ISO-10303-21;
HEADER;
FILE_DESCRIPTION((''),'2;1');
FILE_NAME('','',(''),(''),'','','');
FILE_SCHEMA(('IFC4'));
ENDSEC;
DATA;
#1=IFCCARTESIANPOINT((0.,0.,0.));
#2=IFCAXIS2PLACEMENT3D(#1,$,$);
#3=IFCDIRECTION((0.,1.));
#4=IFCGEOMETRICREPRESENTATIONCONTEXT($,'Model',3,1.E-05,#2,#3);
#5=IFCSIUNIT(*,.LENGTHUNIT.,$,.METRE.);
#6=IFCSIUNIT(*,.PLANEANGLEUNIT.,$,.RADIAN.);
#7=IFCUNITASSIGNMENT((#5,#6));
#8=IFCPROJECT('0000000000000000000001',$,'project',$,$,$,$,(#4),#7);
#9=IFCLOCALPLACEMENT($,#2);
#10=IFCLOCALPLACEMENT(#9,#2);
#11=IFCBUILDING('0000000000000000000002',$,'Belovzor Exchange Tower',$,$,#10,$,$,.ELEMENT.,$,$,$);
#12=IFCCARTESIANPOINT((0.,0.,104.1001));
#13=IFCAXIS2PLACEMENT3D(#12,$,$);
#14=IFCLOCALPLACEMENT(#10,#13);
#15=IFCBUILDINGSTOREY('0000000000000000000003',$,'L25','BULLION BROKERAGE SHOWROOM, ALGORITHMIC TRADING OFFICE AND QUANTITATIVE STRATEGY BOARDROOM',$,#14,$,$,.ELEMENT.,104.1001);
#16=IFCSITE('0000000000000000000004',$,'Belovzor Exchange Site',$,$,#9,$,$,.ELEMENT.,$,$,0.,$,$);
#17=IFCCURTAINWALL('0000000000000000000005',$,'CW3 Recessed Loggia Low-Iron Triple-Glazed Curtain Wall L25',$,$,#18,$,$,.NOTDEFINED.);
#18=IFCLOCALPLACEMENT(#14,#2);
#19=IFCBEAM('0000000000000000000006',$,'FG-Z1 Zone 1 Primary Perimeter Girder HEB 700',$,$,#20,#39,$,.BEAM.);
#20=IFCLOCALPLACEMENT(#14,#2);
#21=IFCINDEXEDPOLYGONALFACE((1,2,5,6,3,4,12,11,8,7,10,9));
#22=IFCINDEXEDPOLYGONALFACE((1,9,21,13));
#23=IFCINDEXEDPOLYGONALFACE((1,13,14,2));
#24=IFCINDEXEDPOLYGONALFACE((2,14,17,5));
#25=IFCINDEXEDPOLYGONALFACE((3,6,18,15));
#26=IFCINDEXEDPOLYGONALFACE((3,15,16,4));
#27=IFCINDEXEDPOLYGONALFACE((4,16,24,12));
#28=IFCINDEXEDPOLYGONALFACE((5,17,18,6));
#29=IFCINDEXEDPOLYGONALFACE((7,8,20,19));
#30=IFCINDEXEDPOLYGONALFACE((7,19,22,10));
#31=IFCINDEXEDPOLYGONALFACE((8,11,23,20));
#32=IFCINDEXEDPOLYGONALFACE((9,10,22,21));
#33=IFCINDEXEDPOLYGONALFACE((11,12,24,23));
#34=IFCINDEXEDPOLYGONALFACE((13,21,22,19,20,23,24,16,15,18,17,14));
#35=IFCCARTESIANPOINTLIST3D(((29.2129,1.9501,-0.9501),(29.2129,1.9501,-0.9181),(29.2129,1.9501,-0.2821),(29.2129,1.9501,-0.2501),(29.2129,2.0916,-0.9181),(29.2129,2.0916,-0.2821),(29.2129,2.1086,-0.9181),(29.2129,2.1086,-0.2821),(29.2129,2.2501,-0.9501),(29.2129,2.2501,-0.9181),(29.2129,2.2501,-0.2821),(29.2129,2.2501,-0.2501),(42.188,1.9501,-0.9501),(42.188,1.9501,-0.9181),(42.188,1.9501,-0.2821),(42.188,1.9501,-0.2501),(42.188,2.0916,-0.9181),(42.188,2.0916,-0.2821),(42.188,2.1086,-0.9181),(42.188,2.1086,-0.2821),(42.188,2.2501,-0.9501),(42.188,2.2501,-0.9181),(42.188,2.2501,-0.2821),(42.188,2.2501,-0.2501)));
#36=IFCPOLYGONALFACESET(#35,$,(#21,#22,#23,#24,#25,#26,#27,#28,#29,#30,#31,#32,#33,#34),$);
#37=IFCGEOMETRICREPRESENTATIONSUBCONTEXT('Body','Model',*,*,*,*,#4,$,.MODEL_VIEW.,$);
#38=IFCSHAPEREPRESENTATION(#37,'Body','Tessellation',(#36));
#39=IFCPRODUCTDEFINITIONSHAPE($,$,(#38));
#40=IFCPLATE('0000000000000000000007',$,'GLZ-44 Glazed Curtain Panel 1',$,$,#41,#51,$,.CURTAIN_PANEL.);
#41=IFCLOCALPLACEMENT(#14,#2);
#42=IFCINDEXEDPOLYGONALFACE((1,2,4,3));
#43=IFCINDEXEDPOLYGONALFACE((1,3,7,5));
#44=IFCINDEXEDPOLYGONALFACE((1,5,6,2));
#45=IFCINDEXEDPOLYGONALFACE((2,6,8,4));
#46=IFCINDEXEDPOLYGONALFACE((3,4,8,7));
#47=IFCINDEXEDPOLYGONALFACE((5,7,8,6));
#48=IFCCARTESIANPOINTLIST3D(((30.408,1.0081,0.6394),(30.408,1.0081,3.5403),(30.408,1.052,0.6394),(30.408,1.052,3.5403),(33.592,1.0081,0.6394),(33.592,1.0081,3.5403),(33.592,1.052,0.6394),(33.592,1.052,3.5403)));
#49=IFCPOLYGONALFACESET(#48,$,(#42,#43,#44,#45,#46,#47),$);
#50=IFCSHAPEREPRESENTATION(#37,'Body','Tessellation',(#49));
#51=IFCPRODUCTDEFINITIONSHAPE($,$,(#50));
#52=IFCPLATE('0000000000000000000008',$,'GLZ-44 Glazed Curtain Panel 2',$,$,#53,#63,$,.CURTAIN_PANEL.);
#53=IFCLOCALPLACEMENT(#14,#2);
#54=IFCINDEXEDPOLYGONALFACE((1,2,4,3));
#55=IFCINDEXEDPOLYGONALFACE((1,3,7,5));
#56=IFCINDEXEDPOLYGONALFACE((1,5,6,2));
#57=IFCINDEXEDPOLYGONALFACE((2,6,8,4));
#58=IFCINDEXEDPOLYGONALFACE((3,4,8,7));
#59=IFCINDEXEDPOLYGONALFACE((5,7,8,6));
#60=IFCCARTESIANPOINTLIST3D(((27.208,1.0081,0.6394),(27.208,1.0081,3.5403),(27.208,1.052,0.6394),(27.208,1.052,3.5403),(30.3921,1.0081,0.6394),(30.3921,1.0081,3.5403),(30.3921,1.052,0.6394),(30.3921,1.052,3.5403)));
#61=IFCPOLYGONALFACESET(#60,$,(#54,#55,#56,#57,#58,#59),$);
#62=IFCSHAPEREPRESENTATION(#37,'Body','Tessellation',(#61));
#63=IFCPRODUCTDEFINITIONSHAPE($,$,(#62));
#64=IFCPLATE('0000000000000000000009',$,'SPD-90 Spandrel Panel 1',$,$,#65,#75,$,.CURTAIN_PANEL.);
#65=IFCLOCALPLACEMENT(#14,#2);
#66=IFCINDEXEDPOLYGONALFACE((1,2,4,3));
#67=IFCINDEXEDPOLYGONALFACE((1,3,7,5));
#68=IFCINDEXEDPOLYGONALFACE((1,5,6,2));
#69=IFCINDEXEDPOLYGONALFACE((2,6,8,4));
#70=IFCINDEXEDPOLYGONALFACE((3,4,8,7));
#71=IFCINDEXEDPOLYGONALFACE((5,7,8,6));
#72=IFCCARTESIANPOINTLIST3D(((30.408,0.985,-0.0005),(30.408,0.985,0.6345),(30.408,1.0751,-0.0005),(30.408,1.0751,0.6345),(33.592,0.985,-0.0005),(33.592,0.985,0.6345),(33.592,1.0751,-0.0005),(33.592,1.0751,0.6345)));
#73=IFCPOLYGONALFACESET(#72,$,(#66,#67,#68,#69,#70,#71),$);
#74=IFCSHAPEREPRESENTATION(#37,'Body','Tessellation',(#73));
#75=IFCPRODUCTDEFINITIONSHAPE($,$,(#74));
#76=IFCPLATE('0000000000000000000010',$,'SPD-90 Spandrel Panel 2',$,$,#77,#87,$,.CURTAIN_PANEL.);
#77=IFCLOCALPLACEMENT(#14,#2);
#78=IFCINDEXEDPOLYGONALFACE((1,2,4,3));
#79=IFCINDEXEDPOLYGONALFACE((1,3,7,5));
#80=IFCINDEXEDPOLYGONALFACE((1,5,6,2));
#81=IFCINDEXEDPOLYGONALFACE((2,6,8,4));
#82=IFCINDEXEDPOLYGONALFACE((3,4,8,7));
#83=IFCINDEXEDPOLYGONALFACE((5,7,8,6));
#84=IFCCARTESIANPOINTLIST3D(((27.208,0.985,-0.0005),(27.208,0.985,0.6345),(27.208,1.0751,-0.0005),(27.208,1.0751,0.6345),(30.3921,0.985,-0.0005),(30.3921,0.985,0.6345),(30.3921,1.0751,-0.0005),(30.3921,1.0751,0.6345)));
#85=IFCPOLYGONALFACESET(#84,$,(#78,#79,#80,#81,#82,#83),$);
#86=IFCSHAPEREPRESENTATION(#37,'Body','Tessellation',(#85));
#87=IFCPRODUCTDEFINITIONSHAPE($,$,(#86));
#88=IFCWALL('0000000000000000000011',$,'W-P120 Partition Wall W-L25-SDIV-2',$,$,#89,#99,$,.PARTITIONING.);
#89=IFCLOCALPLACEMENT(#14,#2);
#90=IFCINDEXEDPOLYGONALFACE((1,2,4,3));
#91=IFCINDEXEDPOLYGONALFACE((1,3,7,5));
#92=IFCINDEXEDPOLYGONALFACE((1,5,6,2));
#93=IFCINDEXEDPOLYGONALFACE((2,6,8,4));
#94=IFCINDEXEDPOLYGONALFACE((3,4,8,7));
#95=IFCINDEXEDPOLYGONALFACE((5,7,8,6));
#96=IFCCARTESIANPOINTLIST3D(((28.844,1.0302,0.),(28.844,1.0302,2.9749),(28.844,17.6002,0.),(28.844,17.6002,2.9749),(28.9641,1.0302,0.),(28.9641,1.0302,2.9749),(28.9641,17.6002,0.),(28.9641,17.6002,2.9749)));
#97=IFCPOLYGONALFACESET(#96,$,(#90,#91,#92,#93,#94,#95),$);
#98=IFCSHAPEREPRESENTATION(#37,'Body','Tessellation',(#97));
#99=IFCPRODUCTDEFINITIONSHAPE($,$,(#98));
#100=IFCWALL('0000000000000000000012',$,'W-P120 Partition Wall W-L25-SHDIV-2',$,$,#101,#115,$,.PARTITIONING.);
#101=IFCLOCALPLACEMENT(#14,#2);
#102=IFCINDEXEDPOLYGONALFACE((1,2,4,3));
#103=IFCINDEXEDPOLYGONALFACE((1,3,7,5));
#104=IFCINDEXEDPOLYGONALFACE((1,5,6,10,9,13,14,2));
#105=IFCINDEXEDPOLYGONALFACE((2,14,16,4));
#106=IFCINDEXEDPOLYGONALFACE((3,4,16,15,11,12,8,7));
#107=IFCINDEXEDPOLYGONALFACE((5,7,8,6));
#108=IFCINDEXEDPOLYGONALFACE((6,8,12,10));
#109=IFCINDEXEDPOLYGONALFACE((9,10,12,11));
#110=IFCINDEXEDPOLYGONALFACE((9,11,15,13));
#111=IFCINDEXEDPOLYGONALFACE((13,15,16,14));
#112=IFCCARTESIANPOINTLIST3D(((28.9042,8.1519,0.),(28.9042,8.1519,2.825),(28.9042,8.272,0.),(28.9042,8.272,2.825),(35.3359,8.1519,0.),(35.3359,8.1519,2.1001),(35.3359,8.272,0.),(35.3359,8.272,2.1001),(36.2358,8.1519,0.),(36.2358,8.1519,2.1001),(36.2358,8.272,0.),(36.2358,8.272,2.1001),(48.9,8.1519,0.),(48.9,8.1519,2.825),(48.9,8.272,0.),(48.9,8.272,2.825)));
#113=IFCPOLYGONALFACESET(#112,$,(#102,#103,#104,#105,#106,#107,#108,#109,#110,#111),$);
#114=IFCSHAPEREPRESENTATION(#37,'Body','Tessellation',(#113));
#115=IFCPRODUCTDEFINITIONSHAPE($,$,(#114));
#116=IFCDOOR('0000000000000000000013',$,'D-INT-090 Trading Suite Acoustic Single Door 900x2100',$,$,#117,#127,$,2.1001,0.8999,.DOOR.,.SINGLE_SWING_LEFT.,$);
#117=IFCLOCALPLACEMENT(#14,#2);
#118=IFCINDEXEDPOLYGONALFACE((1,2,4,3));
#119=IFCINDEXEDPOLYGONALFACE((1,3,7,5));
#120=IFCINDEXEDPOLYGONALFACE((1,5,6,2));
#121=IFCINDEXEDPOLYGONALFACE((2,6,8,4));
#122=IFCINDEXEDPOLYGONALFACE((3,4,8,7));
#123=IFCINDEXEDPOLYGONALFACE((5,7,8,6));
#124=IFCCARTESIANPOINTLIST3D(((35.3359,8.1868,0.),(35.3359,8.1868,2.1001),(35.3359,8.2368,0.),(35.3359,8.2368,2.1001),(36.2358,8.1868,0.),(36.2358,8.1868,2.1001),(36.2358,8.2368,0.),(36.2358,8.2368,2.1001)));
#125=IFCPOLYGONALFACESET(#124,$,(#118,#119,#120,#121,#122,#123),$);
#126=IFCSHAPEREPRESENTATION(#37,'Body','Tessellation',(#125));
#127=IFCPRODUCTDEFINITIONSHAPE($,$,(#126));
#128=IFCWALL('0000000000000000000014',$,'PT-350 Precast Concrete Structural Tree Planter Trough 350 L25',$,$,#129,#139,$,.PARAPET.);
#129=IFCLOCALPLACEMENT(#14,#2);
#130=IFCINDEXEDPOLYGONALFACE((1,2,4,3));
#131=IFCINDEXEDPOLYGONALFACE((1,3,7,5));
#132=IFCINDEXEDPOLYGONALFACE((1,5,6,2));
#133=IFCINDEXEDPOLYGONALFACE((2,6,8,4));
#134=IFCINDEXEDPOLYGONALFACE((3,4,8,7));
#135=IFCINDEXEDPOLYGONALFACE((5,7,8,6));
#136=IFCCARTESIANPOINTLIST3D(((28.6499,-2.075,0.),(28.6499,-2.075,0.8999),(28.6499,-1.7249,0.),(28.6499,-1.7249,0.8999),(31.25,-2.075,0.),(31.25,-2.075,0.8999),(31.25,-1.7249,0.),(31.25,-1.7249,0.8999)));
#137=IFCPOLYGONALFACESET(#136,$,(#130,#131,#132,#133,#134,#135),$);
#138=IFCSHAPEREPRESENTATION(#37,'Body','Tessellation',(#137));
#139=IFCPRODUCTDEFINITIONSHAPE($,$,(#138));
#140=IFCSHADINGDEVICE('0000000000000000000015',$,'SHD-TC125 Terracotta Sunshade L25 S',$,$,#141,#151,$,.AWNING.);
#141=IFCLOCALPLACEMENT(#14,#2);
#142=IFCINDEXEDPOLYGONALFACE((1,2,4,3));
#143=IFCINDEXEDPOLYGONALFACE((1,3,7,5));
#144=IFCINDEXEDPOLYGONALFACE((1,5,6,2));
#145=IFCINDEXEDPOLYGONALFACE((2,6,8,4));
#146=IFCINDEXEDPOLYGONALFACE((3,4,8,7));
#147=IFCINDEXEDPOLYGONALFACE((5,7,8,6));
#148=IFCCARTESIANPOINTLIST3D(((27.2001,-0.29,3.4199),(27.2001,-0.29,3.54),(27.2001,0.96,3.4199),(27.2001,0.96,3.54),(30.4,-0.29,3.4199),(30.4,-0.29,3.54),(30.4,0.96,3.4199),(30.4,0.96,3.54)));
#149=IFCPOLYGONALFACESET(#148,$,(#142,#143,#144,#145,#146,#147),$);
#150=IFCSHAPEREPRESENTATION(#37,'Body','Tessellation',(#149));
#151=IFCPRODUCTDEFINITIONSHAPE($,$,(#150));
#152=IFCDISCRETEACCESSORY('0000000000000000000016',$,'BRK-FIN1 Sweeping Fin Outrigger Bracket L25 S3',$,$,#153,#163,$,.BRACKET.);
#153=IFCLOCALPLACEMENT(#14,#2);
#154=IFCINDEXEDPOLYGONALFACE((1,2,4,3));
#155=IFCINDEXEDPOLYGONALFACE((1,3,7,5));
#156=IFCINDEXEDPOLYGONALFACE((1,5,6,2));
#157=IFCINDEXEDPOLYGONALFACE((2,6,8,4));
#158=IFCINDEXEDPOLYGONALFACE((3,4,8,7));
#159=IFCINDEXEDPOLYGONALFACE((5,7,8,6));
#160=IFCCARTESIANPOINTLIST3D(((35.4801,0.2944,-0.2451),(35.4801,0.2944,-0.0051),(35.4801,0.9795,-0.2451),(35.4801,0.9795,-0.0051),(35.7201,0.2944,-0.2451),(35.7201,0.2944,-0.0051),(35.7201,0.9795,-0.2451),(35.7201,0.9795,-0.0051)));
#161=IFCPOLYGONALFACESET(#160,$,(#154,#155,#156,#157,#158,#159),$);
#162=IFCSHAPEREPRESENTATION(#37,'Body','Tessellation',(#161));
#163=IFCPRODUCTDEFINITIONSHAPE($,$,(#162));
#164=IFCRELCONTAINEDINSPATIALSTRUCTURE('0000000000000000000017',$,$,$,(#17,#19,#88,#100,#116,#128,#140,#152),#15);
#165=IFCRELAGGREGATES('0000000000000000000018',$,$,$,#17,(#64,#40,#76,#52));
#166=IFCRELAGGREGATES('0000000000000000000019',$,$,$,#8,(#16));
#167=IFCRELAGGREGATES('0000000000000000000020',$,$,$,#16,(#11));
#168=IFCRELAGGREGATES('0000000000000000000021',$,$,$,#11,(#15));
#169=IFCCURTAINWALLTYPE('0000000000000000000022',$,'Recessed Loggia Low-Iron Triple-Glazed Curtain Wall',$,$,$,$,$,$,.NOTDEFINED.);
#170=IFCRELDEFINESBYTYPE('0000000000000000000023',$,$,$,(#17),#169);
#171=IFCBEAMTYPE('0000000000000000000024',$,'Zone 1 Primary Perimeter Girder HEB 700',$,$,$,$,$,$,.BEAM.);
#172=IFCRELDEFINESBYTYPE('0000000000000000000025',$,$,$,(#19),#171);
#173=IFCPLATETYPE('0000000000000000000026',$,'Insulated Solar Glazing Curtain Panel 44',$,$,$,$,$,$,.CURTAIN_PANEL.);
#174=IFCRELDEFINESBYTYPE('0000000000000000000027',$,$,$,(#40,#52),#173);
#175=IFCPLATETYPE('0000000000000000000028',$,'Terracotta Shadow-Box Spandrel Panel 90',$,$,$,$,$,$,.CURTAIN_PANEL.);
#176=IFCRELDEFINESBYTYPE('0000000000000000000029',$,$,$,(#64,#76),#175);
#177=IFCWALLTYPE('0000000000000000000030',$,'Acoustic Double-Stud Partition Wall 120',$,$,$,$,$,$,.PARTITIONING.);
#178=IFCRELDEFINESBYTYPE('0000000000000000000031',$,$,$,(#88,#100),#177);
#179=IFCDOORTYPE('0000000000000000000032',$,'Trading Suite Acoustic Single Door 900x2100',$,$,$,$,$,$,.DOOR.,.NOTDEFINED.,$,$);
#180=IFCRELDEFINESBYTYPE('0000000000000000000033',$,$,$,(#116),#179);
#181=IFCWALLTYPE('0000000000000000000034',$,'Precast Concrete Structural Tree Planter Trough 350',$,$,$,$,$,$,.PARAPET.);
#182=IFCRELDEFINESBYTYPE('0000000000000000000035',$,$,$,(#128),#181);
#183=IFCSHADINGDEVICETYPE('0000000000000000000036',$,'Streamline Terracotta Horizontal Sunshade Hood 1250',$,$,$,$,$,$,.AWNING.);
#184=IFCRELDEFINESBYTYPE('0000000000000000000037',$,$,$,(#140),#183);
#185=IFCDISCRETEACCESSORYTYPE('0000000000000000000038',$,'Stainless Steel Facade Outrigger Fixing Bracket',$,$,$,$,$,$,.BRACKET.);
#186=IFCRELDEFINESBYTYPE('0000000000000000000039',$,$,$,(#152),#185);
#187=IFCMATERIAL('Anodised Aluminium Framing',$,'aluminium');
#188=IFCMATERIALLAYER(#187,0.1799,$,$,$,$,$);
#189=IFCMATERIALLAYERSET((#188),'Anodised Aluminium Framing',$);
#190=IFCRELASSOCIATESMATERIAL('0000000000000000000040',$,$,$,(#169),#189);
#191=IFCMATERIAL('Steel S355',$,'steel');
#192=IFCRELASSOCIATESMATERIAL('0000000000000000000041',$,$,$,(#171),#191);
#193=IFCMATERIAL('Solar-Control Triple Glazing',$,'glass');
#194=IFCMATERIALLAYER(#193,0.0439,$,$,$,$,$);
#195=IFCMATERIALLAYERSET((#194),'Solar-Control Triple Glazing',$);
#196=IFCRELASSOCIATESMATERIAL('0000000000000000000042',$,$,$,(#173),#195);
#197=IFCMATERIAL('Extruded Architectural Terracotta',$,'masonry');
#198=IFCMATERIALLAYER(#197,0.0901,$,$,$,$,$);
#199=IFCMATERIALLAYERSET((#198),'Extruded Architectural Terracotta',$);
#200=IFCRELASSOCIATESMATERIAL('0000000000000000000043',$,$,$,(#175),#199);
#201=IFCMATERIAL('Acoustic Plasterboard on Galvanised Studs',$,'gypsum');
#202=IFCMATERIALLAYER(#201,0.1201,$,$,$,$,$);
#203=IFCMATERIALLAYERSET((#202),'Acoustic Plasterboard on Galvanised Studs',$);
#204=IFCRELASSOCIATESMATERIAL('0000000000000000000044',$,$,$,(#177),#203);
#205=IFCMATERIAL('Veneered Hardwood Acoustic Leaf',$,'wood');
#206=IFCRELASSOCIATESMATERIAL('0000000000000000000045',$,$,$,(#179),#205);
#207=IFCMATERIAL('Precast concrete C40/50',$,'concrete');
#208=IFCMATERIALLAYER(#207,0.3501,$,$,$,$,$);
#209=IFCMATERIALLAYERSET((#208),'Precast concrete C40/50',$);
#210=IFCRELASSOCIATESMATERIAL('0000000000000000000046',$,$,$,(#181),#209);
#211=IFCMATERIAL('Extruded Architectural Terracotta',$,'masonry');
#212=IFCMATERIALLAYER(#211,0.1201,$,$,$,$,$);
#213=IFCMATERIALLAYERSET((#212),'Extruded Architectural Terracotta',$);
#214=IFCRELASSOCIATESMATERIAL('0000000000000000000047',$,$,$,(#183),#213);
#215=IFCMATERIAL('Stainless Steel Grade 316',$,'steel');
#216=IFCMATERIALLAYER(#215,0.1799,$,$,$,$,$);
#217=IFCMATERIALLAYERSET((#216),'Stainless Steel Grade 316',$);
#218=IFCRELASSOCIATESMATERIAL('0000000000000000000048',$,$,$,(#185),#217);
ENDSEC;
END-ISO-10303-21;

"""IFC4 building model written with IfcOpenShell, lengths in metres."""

from ifc_helpers import new_model, si_unit, direction, frame, frame_2d, origin, origin_2d, place, context, subcontext, project, spatial, rectangle, i_section, extrude, material, layer, layer_set, material_profile, profile_set, type_object, element, fill, aggregate, save


model = new_model("IFC4")

# Units and contexts
model_context = context("Model", 3, precision=1e-05, world=origin(), true_north=direction((0.0, 1.0)))
body_context = subcontext(model_context, "Body", "Model", "MODEL_VIEW")
ifc_project = project(units=[si_unit("LENGTHUNIT", "METRE"), si_unit("PLANEANGLEUNIT", "RADIAN")], contexts=[model_context])

# Site, building, storey
site_placement = place(None, origin())
site = spatial("IfcSite", under=ifc_project, at=site_placement, Name="Belovzor Exchange Site", CompositionType="ELEMENT", RefElevation=0.0)
building_placement = place(site_placement, origin())
building = spatial("IfcBuilding", under=site, at=building_placement, Name="Belovzor Exchange Tower", CompositionType="ELEMENT")
storey_placement = place(building_placement, frame((0.0, 0.0, 104.1001)))
storey = spatial("IfcBuildingStorey", under=building, at=storey_placement, Name="L25", Description="BULLION BROKERAGE SHOWROOM, ALGORITHMIC TRADING OFFICE AND QUANTITATIVE STRATEGY BOARDROOM", CompositionType="ELEMENT", Elevation=104.1001)

# Curtain wall
ifc_material_1 = material(Name="Anodised Aluminium Framing", Category="aluminium")
ifc_layer_1 = layer(ifc_material_1, 0.1799)
ifc_layer_set_1 = layer_set([ifc_layer_1], Name="Anodised Aluminium Framing")
curtain_wall_type = type_object("IfcCurtainWallType", Name="Recessed Loggia Low-Iron Triple-Glazed Curtain Wall", PredefinedType="NOTDEFINED", material=ifc_layer_set_1)
curtain_wall_placement = place(storey_placement, origin())
curtain_wall = element("IfcCurtainWall", 1, at=curtain_wall_placement, inside=storey, type_object=curtain_wall_type, Name="CW3 Recessed Loggia Low-Iron Triple-Glazed Curtain Wall L25", PredefinedType="NOTDEFINED")

# Beam
ifc_material_2 = material(Name="Steel S355", Category="steel")
ifc_material_profile_1 = material_profile(ifc_material_2, i_section(OverallWidth=0.3, OverallDepth=0.7, WebThickness=0.0171, FlangeThickness=0.032, at=origin_2d()))
ifc_profile_set_1 = profile_set([ifc_material_profile_1], Name="Steel S355")
beam_type_1 = type_object("IfcBeamType", Name="Zone 1 Primary Perimeter Girder HEB 700", PredefinedType="BEAM", material=ifc_profile_set_1)
beam_1_placement = place(storey_placement, frame((29.2129, 2.1001, -0.6001), z_axis=(1.0, 0.0, 0.0), x_axis=(0.0, 1.0, 0.0)))
element("IfcBeam", 2, at=beam_1_placement, inside=storey, type_object=beam_type_1, Name="FG-Z1 Zone 1 Primary Perimeter Girder HEB 700", PredefinedType="BEAM", context=body_context, shape_type="SweptSolid", body=[
    extrude(i_section(OverallWidth=0.3, OverallDepth=0.7, WebThickness=0.0171, FlangeThickness=0.032, at=origin_2d()), origin(), (0.0, 0.0, 1.0), 12.9751),
])

# Plates
ifc_material_3 = material(Name="Solar-Control Triple Glazing", Category="glass")
ifc_layer_2 = layer(ifc_material_3, 0.0439)
ifc_layer_set_2 = layer_set([ifc_layer_2], Name="Solar-Control Triple Glazing")
plate_type_1 = type_object("IfcPlateType", Name="Insulated Solar Glazing Curtain Panel 44", PredefinedType="CURTAIN_PANEL", material=ifc_layer_set_2)
plate_1_placement = place(storey_placement, frame((32.0, 1.03, 0.6394), z_axis=(0.0, 0.0, 1.0), x_axis=(-1.0, 0.0, 0.0)))
plate_1 = element("IfcPlate", 3, at=plate_1_placement, type_object=plate_type_1, Name="GLZ-44 Glazed Curtain Panel 1", PredefinedType="CURTAIN_PANEL", context=body_context, shape_type="SweptSolid", body=[
    extrude(rectangle(XDim=3.1841, YDim=0.0439, at=origin_2d()), origin(), (0.0, 0.0, 1.0), 2.9009),
])
plate_2_placement = place(storey_placement, frame((28.8, 1.03, 0.6394), z_axis=(0.0, 0.0, 1.0), x_axis=(-1.0, 0.0, 0.0)))
plate_2 = element("IfcPlate", 4, at=plate_2_placement, type_object=plate_type_1, Name="GLZ-44 Glazed Curtain Panel 2", PredefinedType="CURTAIN_PANEL", context=body_context, shape_type="SweptSolid", body=[
    extrude(rectangle(XDim=3.1841, YDim=0.0439, at=origin_2d()), origin(), (0.0, 0.0, 1.0), 2.9009),
])
ifc_material_4 = material(Name="Extruded Architectural Terracotta", Category="masonry")
ifc_layer_3 = layer(ifc_material_4, 0.0901)
ifc_layer_set_3 = layer_set([ifc_layer_3], Name="Extruded Architectural Terracotta")
plate_type_2 = type_object("IfcPlateType", Name="Terracotta Shadow-Box Spandrel Panel 90", PredefinedType="CURTAIN_PANEL", material=ifc_layer_set_3)
plate_3_placement = place(storey_placement, frame((32.0, 1.03, -0.0005), z_axis=(0.0, 0.0, 1.0), x_axis=(-1.0, 0.0, 0.0)))
plate_3 = element("IfcPlate", 5, at=plate_3_placement, type_object=plate_type_2, Name="SPD-90 Spandrel Panel 1", PredefinedType="CURTAIN_PANEL", context=body_context, shape_type="SweptSolid", body=[
    extrude(rectangle(XDim=3.1841, YDim=0.0901, at=origin_2d()), origin(), (0.0, 0.0, 1.0), 0.635),
])
plate_4_placement = place(storey_placement, frame((28.8, 1.03, -0.0005), z_axis=(0.0, 0.0, 1.0), x_axis=(-1.0, 0.0, 0.0)))
plate_4 = element("IfcPlate", 6, at=plate_4_placement, type_object=plate_type_2, Name="SPD-90 Spandrel Panel 2", PredefinedType="CURTAIN_PANEL", context=body_context, shape_type="SweptSolid", body=[
    extrude(rectangle(XDim=3.1841, YDim=0.0901, at=origin_2d()), origin(), (0.0, 0.0, 1.0), 0.635),
])
aggregate(curtain_wall, [plate_3, plate_1, plate_4, plate_2])

# Wall
ifc_material_5 = material(Name="Acoustic Plasterboard on Galvanised Studs", Category="gypsum")
ifc_layer_4 = layer(ifc_material_5, 0.1201)
ifc_layer_set_4 = layer_set([ifc_layer_4], Name="Acoustic Plasterboard on Galvanised Studs")
wall_type_1 = type_object("IfcWallType", Name="Acoustic Double-Stud Partition Wall 120", PredefinedType="PARTITIONING", material=ifc_layer_set_4)
wall_1_placement = place(storey_placement, frame((28.9041, 1.03, 0.0), z_axis=(0.0, 0.0, 1.0), x_axis=(0.0, 1.0, 0.0)))
element("IfcWall", 7, at=wall_1_placement, inside=storey, type_object=wall_type_1, Name="W-P120 Partition Wall W-L25-SDIV-2", PredefinedType="PARTITIONING", context=body_context, shape_type="SweptSolid", body=[
    extrude(rectangle(XDim=16.5701, YDim=0.1201, at=frame_2d((8.2852, 0.0))), origin(), (0.0, 0.0, 1.0), 2.9749),
])

# Wall, opening, door
wall_2_placement = place(storey_placement, frame((28.9041, 8.2119, 0.0), z_axis=(0.0, 0.0, 1.0), x_axis=(1.0, 0.0, 0.0)))
wall_2 = element("IfcWall", 8, at=wall_2_placement, inside=storey, type_object=wall_type_1, Name="W-P120 Partition Wall W-L25-SHDIV-2", PredefinedType="PARTITIONING", context=body_context, shape_type="SweptSolid", body=[
    extrude(rectangle(XDim=19.9958, YDim=0.1201, at=frame_2d((9.998, 0.0))), origin(), (0.0, 0.0, 1.0), 2.825),
])
opening_placement = place(wall_2_placement, frame((6.4319, 0.0, 0.0)))
opening = element("IfcOpeningElement", 9, at=opening_placement, cuts=wall_2, PredefinedType="OPENING", context=body_context, shape_type="SweptSolid", body=[
    extrude(rectangle(XDim=0.8999, YDim=2.1001, at=frame_2d((0.45, 1.05))), frame((0.0, 0.0701, 0.0), z_axis=(0.0, -1.0, 0.0), x_axis=(1.0, 0.0, 0.0)), (0.0, 0.0, 1.0), 0.1401),
])
ifc_material_6 = material(Name="Veneered Hardwood Acoustic Leaf", Category="wood")
door_type = type_object("IfcDoorType", Name="Trading Suite Acoustic Single Door 900x2100", OperationType="NOTDEFINED", PredefinedType="DOOR", material=ifc_material_6)
door_placement = place(opening_placement, origin())
door = element("IfcDoor", 10, at=door_placement, inside=storey, type_object=door_type, Name="D-INT-090 Trading Suite Acoustic Single Door 900x2100", OperationType="SINGLE_SWING_LEFT", OverallHeight=2.1001, OverallWidth=0.8999, PredefinedType="DOOR", context=body_context, shape_type="SweptSolid", body=[
    extrude(rectangle(XDim=0.8999, YDim=2.1001, at=frame_2d((0.45, 1.05))), frame((0.0, 0.0249, 0.0), z_axis=(0.0, -1.0, 0.0), x_axis=(1.0, 0.0, 0.0)), (0.0, 0.0, 1.0), 0.05),
])
fill(opening, door)

# Wall
ifc_material_7 = material(Name="Precast concrete C40/50", Category="concrete")
ifc_layer_5 = layer(ifc_material_7, 0.3501)
ifc_layer_set_5 = layer_set([ifc_layer_5], Name="Precast concrete C40/50")
wall_type_2 = type_object("IfcWallType", Name="Precast Concrete Structural Tree Planter Trough 350", PredefinedType="PARAPET", material=ifc_layer_set_5)
wall_3_placement = place(storey_placement, frame((28.6499, -1.8999, 0.0), z_axis=(0.0, 0.0, 1.0), x_axis=(1.0, 0.0, 0.0)))
element("IfcWall", 11, at=wall_3_placement, inside=storey, type_object=wall_type_2, Name="PT-350 Precast Concrete Structural Tree Planter Trough 350 L25", PredefinedType="PARAPET", context=body_context, shape_type="SweptSolid", body=[
    extrude(rectangle(XDim=2.6001, YDim=0.3501, at=frame_2d((1.3, 0.0))), origin(), (0.0, 0.0, 1.0), 0.8999),
])

# Shading device
ifc_material_8 = material(Name="Extruded Architectural Terracotta", Category="masonry")
ifc_layer_6 = layer(ifc_material_8, 0.1201)
ifc_layer_set_6 = layer_set([ifc_layer_6], Name="Extruded Architectural Terracotta")
shading_device_type = type_object("IfcShadingDeviceType", Name="Streamline Terracotta Horizontal Sunshade Hood 1250", PredefinedType="AWNING", material=ifc_layer_set_6)
shading_device_placement = place(storey_placement, frame((28.8, 0.335, 3.4199), z_axis=(0.0, 0.0, 1.0), x_axis=(1.0, 0.0, 0.0)))
element("IfcShadingDevice", 12, at=shading_device_placement, inside=storey, type_object=shading_device_type, Name="SHD-TC125 Terracotta Sunshade L25 S", PredefinedType="AWNING", context=body_context, shape_type="SweptSolid", body=[
    extrude(rectangle(XDim=3.2, YDim=1.25, at=origin_2d()), origin(), (0.0, 0.0, 1.0), 0.1201),
])

# Discrete accessory
ifc_material_9 = material(Name="Stainless Steel Grade 316", Category="steel")
ifc_layer_7 = layer(ifc_material_9, 0.1799)
ifc_layer_set_7 = layer_set([ifc_layer_7], Name="Stainless Steel Grade 316")
discrete_accessory_type = type_object("IfcDiscreteAccessoryType", Name="Stainless Steel Facade Outrigger Fixing Bracket", PredefinedType="BRACKET", material=ifc_layer_set_7)
discrete_accessory_placement = place(storey_placement, frame((35.6001, 0.637, -0.2451), z_axis=(0.0, 0.0, 1.0), x_axis=(0.0, 1.0, 0.0)))
element("IfcDiscreteAccessory", 13, at=discrete_accessory_placement, inside=storey, type_object=discrete_accessory_type, Name="BRK-FIN1 Sweeping Fin Outrigger Bracket L25 S3", PredefinedType="BRACKET", context=body_context, shape_type="SweptSolid", body=[
    extrude(rectangle(XDim=0.6851, YDim=0.24, at=origin_2d()), origin(), (0.0, 0.0, 1.0), 0.24),
])

save(model, "model.ifc")
